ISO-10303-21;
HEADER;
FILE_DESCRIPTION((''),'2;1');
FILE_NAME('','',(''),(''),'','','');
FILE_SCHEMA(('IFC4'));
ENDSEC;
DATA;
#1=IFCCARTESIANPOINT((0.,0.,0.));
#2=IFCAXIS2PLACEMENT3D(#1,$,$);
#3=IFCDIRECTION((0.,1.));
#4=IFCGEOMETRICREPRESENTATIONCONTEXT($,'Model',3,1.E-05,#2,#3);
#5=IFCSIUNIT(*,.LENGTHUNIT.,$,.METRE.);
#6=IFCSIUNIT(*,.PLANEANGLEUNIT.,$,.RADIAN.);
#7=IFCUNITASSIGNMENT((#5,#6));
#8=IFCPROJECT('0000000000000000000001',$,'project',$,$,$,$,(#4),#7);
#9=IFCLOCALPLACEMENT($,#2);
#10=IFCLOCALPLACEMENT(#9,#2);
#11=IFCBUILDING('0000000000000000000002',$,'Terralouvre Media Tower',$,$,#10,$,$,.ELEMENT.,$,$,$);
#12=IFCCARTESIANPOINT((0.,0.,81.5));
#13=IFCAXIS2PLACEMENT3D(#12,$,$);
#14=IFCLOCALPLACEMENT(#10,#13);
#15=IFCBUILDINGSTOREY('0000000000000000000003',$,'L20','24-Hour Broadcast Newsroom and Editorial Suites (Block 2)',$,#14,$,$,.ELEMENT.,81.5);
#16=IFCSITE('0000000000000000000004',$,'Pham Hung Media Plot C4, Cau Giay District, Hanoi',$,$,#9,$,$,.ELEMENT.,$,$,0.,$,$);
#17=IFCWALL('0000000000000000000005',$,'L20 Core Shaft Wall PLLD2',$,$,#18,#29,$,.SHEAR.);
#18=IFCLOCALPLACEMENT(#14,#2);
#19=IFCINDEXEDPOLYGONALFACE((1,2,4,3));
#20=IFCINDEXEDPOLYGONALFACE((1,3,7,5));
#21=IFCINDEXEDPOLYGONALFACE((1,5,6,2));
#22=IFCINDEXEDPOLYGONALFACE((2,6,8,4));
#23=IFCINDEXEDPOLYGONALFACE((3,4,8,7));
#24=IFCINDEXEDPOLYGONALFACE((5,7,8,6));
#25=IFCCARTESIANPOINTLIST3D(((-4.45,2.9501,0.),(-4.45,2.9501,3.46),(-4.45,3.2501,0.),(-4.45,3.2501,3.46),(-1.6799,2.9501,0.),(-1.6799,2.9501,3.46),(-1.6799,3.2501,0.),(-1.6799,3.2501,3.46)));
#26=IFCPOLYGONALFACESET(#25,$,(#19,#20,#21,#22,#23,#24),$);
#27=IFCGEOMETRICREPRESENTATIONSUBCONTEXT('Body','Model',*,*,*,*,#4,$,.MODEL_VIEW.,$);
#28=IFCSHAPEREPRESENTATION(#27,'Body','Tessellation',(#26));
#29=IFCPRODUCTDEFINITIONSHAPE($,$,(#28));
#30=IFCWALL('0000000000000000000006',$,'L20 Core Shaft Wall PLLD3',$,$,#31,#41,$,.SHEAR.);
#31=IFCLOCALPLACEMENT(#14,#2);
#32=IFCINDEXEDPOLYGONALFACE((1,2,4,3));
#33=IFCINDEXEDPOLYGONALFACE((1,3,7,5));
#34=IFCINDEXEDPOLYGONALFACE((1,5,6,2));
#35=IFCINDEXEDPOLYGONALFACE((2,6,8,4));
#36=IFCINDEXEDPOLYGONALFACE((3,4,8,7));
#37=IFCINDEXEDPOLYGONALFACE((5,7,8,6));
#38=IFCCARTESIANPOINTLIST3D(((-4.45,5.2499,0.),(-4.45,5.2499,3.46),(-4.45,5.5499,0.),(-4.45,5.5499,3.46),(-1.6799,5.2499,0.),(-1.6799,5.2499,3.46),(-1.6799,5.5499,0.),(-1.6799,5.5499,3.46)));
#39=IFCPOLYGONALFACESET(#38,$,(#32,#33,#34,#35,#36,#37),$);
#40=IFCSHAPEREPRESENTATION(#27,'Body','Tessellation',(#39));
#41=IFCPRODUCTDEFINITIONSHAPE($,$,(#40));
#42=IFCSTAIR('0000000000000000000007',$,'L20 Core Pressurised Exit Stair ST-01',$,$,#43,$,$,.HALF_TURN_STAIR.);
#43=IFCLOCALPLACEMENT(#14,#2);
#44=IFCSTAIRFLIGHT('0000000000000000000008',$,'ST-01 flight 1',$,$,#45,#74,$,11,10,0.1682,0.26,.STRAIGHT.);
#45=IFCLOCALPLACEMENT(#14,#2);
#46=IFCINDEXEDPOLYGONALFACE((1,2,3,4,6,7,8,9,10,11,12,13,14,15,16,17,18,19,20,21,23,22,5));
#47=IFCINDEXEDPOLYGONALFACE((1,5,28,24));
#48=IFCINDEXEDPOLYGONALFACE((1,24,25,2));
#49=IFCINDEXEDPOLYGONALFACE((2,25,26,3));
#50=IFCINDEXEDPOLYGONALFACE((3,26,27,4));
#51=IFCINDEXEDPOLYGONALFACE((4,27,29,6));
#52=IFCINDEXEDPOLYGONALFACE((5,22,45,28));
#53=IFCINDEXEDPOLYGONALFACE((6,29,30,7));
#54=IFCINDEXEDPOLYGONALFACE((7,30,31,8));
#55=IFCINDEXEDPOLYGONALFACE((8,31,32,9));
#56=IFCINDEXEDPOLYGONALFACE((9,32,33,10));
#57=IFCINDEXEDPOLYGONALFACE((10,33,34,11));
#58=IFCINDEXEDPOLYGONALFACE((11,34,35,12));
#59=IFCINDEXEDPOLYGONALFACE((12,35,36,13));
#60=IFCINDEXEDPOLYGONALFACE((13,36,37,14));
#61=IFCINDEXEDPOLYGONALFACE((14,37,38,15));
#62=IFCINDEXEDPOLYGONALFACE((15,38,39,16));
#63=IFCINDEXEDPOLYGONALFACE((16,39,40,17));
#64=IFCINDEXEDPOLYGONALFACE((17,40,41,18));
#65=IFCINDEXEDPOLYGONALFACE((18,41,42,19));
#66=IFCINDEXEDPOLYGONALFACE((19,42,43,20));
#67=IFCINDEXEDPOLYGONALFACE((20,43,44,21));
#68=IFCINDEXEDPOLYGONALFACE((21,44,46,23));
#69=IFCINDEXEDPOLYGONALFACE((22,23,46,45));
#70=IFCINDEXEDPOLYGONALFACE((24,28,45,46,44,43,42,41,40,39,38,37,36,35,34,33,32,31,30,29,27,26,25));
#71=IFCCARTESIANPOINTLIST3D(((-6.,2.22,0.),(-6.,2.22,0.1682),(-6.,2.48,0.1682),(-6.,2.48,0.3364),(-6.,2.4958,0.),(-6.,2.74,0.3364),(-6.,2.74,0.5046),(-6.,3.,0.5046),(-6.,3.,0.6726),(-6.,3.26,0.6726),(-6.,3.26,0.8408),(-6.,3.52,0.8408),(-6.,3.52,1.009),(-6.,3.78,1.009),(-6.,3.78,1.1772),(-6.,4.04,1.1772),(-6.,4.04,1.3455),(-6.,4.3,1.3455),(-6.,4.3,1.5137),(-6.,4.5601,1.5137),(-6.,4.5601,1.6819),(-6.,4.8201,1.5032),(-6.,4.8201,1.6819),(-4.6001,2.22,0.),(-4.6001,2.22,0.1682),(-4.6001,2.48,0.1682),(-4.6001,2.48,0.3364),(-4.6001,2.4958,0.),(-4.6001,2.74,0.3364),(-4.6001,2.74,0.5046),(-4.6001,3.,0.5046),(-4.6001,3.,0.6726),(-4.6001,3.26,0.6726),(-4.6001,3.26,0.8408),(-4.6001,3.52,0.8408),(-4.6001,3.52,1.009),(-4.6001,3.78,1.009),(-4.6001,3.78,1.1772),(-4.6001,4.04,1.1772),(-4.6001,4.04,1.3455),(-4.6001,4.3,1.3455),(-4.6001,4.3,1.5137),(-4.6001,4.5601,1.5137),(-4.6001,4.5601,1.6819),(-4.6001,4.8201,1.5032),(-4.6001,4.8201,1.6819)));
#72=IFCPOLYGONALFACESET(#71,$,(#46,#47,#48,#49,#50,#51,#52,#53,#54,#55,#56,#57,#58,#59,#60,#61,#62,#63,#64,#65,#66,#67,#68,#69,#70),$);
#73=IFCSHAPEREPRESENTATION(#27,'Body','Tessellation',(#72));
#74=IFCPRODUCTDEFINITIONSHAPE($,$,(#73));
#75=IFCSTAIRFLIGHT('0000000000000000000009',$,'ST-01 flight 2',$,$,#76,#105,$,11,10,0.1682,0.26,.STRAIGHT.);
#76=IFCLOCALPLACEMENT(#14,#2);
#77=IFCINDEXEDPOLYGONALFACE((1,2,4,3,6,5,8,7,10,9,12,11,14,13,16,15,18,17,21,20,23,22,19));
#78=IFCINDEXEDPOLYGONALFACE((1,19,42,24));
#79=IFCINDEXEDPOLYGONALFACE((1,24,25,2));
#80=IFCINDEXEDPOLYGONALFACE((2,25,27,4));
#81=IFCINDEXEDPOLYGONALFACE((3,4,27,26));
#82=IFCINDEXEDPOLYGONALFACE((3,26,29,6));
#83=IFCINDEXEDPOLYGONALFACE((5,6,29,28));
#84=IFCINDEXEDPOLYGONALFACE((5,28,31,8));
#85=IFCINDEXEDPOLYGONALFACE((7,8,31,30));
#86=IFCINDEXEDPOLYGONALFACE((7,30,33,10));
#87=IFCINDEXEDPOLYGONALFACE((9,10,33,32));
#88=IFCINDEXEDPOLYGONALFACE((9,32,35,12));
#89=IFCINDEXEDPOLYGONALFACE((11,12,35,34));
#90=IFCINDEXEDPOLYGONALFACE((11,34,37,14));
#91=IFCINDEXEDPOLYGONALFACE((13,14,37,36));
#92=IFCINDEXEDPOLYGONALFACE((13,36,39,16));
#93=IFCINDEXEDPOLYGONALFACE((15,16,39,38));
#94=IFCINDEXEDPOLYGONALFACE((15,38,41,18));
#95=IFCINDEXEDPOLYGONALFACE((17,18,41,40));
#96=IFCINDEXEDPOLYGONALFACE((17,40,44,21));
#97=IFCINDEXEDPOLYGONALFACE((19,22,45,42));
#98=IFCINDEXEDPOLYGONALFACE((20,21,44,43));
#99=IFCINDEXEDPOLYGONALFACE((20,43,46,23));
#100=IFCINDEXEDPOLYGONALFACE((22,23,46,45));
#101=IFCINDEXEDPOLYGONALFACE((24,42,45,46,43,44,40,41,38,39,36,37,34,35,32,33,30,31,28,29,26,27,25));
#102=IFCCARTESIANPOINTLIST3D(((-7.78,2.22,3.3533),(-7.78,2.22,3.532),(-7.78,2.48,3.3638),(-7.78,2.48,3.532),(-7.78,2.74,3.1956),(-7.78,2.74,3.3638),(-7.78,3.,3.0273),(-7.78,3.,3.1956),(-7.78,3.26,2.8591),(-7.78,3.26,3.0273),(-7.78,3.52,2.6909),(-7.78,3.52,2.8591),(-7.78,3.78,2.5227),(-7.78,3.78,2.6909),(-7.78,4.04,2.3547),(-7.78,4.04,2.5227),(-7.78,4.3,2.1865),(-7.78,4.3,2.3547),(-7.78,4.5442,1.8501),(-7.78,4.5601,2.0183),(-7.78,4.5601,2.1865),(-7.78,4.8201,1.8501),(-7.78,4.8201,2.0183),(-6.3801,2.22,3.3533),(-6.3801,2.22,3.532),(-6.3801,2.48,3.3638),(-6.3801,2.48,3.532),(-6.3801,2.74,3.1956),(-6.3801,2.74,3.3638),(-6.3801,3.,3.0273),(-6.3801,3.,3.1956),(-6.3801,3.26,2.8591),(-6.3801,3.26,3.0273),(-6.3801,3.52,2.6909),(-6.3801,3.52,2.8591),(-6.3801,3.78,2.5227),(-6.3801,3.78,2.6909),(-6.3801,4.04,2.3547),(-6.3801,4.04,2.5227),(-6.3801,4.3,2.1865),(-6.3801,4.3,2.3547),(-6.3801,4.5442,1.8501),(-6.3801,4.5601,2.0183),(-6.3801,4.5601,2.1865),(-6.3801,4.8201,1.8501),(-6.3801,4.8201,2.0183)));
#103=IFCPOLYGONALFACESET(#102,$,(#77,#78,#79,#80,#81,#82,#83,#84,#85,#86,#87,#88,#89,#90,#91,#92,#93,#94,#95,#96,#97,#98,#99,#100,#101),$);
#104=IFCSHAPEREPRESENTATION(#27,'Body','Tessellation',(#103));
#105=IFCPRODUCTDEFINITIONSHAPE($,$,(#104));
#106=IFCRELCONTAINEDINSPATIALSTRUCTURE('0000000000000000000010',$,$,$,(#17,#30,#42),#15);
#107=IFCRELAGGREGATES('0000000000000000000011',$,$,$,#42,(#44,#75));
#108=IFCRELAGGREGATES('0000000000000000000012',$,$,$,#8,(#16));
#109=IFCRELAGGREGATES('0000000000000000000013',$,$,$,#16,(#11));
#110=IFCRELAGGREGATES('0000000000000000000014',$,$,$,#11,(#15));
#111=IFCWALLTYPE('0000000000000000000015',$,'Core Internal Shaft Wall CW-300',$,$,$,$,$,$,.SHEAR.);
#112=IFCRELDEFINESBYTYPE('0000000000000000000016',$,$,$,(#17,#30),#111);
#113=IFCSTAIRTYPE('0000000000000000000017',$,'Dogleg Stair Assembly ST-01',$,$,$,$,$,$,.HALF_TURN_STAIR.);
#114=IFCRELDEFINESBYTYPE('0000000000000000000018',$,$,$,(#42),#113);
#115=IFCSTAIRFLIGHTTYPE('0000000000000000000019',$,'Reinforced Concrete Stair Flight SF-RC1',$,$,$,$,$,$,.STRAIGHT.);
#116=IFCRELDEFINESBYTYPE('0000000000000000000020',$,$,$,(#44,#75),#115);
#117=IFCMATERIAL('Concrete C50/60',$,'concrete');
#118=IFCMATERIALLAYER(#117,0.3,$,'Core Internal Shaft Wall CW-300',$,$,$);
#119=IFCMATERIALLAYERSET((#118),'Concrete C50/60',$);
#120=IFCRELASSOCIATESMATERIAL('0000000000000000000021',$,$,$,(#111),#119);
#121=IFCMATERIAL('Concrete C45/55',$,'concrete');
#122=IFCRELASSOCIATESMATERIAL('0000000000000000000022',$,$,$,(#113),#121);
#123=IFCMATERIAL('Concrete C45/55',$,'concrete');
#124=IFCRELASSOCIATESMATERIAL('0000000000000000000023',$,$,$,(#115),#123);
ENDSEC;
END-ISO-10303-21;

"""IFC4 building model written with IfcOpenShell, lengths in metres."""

from ifc_helpers import new_model, si_unit, direction, frame, frame_2d, origin, place, context, subcontext, project, spatial, polyline, rectangle, outline, extrude, material, layer, layer_set, type_object, element, aggregate, save


model = new_model("IFC4")

# Units and contexts
model_context = context("Model", 3, precision=1e-05, world=origin(), true_north=direction((0.0, 1.0)))
body_context = subcontext(model_context, "Body", "Model", "MODEL_VIEW")
ifc_project = project(units=[si_unit("LENGTHUNIT", "METRE"), si_unit("PLANEANGLEUNIT", "RADIAN")], contexts=[model_context])

# Site, building, storey
site_placement = place(None, origin())
site = spatial("IfcSite", under=ifc_project, at=site_placement, Name="Pham Hung Media Plot C4, Cau Giay District, Hanoi", CompositionType="ELEMENT", RefElevation=0.0)
building_placement = place(site_placement, origin())
building = spatial("IfcBuilding", under=site, at=building_placement, Name="Terralouvre Media Tower", CompositionType="ELEMENT")
storey_placement = place(building_placement, frame((0.0, 0.0, 81.5)))
storey = spatial("IfcBuildingStorey", under=building, at=storey_placement, Name="L20", Description="24-Hour Broadcast Newsroom and Editorial Suites (Block 2)", CompositionType="ELEMENT", Elevation=81.5)

# Shared definitions
ifc_material_1 = material(Name="Concrete C50/60", Category="concrete")
ifc_layer_1 = layer(ifc_material_1, 0.3, Name="Core Internal Shaft Wall CW-300")
ifc_layer_set_1 = layer_set([ifc_layer_1], Name="Concrete C50/60")
wall_type_1 = type_object("IfcWallType", Name="Core Internal Shaft Wall CW-300", PredefinedType="SHEAR", material=ifc_layer_set_1)

# Walls
for number, where, z_axis, x_axis, name in (
    (1, (-4.45, 3.1001, 0.0), (0.0, 0.0, 1.0), (1.0, 0.0, 0.0), "L20 Core Shaft Wall PLLD2"),
    (2, (-4.45, 5.3999, 0.0), (0.0, 0.0, 1.0), (1.0, 0.0, 0.0), "L20 Core Shaft Wall PLLD3"),
):
    element("IfcWall", number, at=place(storey_placement, frame(where, z_axis=z_axis, x_axis=x_axis)), inside=storey, type_object=wall_type_1, Name=name, PredefinedType="SHEAR", context=body_context, shape_type="SweptSolid", body=[
        extrude(rectangle(XDim=2.77, YDim=0.3, at=frame_2d((1.385, 0.0))), origin(), (0.0, 0.0, 1.0), 3.46),
    ])

# Stair, stair flights
ifc_material_2 = material(Name="Concrete C45/55", Category="concrete")
stair_type = type_object("IfcStairType", Name="Dogleg Stair Assembly ST-01", PredefinedType="HALF_TURN_STAIR", material=ifc_material_2)
stair_placement = place(storey_placement, origin())
stair = element("IfcStair", 3, at=stair_placement, inside=storey, type_object=stair_type, Name="L20 Core Pressurised Exit Stair ST-01", PredefinedType="HALF_TURN_STAIR")
ifc_material_3 = material(Name="Concrete C45/55", Category="concrete")
stair_flight_type = type_object("IfcStairFlightType", Name="Reinforced Concrete Stair Flight SF-RC1", PredefinedType="STRAIGHT", material=ifc_material_3)
stair_flight_1_placement = place(storey_placement, frame((-5.3, 2.22, 0.0), z_axis=(0.0, 0.0, 1.0), x_axis=(0.0, 1.0, 0.0)))
stair_flight_1 = element("IfcStairFlight", 4, at=stair_flight_1_placement, type_object=stair_flight_type, Name="ST-01 flight 1", NumberOfRisers=11, NumberOfTreads=10, PredefinedType="STRAIGHT", RiserHeight=0.1682, TreadLength=0.26, context=body_context, shape_type="SweptSolid", body=[
    extrude(outline(polyline([(0.0, 0.0), (0.0, 0.1682), (0.26, 0.1682), (0.26, 0.3364), (0.52, 0.3364), (0.52, 0.5046), (0.78, 0.5046), (0.78, 0.6726), (1.04, 0.6726), (1.04, 0.8408), (1.3, 0.8408), (1.3, 1.009), (1.5601, 1.009), (1.5601, 1.1772), (1.8201, 1.1772), (1.8201, 1.3455), (2.0801, 1.3455), (2.0801, 1.5137), (2.3401, 1.5137), (2.3401, 1.6819), (2.6001, 1.6819), (2.6001, 1.8501), (2.6001, 1.5032), (0.2759, 0.0), (0.0, 0.0)])), frame((0.0, 0.7, 0.0), z_axis=(0.0, -1.0, 0.0), x_axis=(1.0, 0.0, 0.0)), (0.0, 0.0, 1.0), 1.3999),
])
stair_flight_2_placement = place(storey_placement, frame((-7.0801, 4.8201, 1.8501), z_axis=(0.0, 0.0, 1.0), x_axis=(0.0, -1.0, 0.0)))
stair_flight_2 = element("IfcStairFlight", 5, at=stair_flight_2_placement, type_object=stair_flight_type, Name="ST-01 flight 2", NumberOfRisers=11, NumberOfTreads=10, PredefinedType="STRAIGHT", RiserHeight=0.1682, TreadLength=0.26, context=body_context, shape_type="SweptSolid", body=[
    extrude(outline(polyline([(0.0, 0.0), (0.0, 0.1682), (0.26, 0.1682), (0.26, 0.3364), (0.52, 0.3364), (0.52, 0.5046), (0.78, 0.5046), (0.78, 0.6726), (1.04, 0.6726), (1.04, 0.8408), (1.3, 0.8408), (1.3, 1.009), (1.5601, 1.009), (1.5601, 1.1772), (1.8201, 1.1772), (1.8201, 1.3455), (2.0801, 1.3455), (2.0801, 1.5137), (2.3401, 1.5137), (2.3401, 1.6819), (2.6001, 1.6819), (2.6001, 1.8501), (2.6001, 1.5032), (0.2759, 0.0), (0.0, 0.0)])), frame((0.0, 0.7, 0.0), z_axis=(0.0, -1.0, 0.0), x_axis=(1.0, 0.0, 0.0)), (0.0, 0.0, 1.0), 1.3999),
])
aggregate(stair, [stair_flight_1, stair_flight_2])

save(model, "model.ifc")
